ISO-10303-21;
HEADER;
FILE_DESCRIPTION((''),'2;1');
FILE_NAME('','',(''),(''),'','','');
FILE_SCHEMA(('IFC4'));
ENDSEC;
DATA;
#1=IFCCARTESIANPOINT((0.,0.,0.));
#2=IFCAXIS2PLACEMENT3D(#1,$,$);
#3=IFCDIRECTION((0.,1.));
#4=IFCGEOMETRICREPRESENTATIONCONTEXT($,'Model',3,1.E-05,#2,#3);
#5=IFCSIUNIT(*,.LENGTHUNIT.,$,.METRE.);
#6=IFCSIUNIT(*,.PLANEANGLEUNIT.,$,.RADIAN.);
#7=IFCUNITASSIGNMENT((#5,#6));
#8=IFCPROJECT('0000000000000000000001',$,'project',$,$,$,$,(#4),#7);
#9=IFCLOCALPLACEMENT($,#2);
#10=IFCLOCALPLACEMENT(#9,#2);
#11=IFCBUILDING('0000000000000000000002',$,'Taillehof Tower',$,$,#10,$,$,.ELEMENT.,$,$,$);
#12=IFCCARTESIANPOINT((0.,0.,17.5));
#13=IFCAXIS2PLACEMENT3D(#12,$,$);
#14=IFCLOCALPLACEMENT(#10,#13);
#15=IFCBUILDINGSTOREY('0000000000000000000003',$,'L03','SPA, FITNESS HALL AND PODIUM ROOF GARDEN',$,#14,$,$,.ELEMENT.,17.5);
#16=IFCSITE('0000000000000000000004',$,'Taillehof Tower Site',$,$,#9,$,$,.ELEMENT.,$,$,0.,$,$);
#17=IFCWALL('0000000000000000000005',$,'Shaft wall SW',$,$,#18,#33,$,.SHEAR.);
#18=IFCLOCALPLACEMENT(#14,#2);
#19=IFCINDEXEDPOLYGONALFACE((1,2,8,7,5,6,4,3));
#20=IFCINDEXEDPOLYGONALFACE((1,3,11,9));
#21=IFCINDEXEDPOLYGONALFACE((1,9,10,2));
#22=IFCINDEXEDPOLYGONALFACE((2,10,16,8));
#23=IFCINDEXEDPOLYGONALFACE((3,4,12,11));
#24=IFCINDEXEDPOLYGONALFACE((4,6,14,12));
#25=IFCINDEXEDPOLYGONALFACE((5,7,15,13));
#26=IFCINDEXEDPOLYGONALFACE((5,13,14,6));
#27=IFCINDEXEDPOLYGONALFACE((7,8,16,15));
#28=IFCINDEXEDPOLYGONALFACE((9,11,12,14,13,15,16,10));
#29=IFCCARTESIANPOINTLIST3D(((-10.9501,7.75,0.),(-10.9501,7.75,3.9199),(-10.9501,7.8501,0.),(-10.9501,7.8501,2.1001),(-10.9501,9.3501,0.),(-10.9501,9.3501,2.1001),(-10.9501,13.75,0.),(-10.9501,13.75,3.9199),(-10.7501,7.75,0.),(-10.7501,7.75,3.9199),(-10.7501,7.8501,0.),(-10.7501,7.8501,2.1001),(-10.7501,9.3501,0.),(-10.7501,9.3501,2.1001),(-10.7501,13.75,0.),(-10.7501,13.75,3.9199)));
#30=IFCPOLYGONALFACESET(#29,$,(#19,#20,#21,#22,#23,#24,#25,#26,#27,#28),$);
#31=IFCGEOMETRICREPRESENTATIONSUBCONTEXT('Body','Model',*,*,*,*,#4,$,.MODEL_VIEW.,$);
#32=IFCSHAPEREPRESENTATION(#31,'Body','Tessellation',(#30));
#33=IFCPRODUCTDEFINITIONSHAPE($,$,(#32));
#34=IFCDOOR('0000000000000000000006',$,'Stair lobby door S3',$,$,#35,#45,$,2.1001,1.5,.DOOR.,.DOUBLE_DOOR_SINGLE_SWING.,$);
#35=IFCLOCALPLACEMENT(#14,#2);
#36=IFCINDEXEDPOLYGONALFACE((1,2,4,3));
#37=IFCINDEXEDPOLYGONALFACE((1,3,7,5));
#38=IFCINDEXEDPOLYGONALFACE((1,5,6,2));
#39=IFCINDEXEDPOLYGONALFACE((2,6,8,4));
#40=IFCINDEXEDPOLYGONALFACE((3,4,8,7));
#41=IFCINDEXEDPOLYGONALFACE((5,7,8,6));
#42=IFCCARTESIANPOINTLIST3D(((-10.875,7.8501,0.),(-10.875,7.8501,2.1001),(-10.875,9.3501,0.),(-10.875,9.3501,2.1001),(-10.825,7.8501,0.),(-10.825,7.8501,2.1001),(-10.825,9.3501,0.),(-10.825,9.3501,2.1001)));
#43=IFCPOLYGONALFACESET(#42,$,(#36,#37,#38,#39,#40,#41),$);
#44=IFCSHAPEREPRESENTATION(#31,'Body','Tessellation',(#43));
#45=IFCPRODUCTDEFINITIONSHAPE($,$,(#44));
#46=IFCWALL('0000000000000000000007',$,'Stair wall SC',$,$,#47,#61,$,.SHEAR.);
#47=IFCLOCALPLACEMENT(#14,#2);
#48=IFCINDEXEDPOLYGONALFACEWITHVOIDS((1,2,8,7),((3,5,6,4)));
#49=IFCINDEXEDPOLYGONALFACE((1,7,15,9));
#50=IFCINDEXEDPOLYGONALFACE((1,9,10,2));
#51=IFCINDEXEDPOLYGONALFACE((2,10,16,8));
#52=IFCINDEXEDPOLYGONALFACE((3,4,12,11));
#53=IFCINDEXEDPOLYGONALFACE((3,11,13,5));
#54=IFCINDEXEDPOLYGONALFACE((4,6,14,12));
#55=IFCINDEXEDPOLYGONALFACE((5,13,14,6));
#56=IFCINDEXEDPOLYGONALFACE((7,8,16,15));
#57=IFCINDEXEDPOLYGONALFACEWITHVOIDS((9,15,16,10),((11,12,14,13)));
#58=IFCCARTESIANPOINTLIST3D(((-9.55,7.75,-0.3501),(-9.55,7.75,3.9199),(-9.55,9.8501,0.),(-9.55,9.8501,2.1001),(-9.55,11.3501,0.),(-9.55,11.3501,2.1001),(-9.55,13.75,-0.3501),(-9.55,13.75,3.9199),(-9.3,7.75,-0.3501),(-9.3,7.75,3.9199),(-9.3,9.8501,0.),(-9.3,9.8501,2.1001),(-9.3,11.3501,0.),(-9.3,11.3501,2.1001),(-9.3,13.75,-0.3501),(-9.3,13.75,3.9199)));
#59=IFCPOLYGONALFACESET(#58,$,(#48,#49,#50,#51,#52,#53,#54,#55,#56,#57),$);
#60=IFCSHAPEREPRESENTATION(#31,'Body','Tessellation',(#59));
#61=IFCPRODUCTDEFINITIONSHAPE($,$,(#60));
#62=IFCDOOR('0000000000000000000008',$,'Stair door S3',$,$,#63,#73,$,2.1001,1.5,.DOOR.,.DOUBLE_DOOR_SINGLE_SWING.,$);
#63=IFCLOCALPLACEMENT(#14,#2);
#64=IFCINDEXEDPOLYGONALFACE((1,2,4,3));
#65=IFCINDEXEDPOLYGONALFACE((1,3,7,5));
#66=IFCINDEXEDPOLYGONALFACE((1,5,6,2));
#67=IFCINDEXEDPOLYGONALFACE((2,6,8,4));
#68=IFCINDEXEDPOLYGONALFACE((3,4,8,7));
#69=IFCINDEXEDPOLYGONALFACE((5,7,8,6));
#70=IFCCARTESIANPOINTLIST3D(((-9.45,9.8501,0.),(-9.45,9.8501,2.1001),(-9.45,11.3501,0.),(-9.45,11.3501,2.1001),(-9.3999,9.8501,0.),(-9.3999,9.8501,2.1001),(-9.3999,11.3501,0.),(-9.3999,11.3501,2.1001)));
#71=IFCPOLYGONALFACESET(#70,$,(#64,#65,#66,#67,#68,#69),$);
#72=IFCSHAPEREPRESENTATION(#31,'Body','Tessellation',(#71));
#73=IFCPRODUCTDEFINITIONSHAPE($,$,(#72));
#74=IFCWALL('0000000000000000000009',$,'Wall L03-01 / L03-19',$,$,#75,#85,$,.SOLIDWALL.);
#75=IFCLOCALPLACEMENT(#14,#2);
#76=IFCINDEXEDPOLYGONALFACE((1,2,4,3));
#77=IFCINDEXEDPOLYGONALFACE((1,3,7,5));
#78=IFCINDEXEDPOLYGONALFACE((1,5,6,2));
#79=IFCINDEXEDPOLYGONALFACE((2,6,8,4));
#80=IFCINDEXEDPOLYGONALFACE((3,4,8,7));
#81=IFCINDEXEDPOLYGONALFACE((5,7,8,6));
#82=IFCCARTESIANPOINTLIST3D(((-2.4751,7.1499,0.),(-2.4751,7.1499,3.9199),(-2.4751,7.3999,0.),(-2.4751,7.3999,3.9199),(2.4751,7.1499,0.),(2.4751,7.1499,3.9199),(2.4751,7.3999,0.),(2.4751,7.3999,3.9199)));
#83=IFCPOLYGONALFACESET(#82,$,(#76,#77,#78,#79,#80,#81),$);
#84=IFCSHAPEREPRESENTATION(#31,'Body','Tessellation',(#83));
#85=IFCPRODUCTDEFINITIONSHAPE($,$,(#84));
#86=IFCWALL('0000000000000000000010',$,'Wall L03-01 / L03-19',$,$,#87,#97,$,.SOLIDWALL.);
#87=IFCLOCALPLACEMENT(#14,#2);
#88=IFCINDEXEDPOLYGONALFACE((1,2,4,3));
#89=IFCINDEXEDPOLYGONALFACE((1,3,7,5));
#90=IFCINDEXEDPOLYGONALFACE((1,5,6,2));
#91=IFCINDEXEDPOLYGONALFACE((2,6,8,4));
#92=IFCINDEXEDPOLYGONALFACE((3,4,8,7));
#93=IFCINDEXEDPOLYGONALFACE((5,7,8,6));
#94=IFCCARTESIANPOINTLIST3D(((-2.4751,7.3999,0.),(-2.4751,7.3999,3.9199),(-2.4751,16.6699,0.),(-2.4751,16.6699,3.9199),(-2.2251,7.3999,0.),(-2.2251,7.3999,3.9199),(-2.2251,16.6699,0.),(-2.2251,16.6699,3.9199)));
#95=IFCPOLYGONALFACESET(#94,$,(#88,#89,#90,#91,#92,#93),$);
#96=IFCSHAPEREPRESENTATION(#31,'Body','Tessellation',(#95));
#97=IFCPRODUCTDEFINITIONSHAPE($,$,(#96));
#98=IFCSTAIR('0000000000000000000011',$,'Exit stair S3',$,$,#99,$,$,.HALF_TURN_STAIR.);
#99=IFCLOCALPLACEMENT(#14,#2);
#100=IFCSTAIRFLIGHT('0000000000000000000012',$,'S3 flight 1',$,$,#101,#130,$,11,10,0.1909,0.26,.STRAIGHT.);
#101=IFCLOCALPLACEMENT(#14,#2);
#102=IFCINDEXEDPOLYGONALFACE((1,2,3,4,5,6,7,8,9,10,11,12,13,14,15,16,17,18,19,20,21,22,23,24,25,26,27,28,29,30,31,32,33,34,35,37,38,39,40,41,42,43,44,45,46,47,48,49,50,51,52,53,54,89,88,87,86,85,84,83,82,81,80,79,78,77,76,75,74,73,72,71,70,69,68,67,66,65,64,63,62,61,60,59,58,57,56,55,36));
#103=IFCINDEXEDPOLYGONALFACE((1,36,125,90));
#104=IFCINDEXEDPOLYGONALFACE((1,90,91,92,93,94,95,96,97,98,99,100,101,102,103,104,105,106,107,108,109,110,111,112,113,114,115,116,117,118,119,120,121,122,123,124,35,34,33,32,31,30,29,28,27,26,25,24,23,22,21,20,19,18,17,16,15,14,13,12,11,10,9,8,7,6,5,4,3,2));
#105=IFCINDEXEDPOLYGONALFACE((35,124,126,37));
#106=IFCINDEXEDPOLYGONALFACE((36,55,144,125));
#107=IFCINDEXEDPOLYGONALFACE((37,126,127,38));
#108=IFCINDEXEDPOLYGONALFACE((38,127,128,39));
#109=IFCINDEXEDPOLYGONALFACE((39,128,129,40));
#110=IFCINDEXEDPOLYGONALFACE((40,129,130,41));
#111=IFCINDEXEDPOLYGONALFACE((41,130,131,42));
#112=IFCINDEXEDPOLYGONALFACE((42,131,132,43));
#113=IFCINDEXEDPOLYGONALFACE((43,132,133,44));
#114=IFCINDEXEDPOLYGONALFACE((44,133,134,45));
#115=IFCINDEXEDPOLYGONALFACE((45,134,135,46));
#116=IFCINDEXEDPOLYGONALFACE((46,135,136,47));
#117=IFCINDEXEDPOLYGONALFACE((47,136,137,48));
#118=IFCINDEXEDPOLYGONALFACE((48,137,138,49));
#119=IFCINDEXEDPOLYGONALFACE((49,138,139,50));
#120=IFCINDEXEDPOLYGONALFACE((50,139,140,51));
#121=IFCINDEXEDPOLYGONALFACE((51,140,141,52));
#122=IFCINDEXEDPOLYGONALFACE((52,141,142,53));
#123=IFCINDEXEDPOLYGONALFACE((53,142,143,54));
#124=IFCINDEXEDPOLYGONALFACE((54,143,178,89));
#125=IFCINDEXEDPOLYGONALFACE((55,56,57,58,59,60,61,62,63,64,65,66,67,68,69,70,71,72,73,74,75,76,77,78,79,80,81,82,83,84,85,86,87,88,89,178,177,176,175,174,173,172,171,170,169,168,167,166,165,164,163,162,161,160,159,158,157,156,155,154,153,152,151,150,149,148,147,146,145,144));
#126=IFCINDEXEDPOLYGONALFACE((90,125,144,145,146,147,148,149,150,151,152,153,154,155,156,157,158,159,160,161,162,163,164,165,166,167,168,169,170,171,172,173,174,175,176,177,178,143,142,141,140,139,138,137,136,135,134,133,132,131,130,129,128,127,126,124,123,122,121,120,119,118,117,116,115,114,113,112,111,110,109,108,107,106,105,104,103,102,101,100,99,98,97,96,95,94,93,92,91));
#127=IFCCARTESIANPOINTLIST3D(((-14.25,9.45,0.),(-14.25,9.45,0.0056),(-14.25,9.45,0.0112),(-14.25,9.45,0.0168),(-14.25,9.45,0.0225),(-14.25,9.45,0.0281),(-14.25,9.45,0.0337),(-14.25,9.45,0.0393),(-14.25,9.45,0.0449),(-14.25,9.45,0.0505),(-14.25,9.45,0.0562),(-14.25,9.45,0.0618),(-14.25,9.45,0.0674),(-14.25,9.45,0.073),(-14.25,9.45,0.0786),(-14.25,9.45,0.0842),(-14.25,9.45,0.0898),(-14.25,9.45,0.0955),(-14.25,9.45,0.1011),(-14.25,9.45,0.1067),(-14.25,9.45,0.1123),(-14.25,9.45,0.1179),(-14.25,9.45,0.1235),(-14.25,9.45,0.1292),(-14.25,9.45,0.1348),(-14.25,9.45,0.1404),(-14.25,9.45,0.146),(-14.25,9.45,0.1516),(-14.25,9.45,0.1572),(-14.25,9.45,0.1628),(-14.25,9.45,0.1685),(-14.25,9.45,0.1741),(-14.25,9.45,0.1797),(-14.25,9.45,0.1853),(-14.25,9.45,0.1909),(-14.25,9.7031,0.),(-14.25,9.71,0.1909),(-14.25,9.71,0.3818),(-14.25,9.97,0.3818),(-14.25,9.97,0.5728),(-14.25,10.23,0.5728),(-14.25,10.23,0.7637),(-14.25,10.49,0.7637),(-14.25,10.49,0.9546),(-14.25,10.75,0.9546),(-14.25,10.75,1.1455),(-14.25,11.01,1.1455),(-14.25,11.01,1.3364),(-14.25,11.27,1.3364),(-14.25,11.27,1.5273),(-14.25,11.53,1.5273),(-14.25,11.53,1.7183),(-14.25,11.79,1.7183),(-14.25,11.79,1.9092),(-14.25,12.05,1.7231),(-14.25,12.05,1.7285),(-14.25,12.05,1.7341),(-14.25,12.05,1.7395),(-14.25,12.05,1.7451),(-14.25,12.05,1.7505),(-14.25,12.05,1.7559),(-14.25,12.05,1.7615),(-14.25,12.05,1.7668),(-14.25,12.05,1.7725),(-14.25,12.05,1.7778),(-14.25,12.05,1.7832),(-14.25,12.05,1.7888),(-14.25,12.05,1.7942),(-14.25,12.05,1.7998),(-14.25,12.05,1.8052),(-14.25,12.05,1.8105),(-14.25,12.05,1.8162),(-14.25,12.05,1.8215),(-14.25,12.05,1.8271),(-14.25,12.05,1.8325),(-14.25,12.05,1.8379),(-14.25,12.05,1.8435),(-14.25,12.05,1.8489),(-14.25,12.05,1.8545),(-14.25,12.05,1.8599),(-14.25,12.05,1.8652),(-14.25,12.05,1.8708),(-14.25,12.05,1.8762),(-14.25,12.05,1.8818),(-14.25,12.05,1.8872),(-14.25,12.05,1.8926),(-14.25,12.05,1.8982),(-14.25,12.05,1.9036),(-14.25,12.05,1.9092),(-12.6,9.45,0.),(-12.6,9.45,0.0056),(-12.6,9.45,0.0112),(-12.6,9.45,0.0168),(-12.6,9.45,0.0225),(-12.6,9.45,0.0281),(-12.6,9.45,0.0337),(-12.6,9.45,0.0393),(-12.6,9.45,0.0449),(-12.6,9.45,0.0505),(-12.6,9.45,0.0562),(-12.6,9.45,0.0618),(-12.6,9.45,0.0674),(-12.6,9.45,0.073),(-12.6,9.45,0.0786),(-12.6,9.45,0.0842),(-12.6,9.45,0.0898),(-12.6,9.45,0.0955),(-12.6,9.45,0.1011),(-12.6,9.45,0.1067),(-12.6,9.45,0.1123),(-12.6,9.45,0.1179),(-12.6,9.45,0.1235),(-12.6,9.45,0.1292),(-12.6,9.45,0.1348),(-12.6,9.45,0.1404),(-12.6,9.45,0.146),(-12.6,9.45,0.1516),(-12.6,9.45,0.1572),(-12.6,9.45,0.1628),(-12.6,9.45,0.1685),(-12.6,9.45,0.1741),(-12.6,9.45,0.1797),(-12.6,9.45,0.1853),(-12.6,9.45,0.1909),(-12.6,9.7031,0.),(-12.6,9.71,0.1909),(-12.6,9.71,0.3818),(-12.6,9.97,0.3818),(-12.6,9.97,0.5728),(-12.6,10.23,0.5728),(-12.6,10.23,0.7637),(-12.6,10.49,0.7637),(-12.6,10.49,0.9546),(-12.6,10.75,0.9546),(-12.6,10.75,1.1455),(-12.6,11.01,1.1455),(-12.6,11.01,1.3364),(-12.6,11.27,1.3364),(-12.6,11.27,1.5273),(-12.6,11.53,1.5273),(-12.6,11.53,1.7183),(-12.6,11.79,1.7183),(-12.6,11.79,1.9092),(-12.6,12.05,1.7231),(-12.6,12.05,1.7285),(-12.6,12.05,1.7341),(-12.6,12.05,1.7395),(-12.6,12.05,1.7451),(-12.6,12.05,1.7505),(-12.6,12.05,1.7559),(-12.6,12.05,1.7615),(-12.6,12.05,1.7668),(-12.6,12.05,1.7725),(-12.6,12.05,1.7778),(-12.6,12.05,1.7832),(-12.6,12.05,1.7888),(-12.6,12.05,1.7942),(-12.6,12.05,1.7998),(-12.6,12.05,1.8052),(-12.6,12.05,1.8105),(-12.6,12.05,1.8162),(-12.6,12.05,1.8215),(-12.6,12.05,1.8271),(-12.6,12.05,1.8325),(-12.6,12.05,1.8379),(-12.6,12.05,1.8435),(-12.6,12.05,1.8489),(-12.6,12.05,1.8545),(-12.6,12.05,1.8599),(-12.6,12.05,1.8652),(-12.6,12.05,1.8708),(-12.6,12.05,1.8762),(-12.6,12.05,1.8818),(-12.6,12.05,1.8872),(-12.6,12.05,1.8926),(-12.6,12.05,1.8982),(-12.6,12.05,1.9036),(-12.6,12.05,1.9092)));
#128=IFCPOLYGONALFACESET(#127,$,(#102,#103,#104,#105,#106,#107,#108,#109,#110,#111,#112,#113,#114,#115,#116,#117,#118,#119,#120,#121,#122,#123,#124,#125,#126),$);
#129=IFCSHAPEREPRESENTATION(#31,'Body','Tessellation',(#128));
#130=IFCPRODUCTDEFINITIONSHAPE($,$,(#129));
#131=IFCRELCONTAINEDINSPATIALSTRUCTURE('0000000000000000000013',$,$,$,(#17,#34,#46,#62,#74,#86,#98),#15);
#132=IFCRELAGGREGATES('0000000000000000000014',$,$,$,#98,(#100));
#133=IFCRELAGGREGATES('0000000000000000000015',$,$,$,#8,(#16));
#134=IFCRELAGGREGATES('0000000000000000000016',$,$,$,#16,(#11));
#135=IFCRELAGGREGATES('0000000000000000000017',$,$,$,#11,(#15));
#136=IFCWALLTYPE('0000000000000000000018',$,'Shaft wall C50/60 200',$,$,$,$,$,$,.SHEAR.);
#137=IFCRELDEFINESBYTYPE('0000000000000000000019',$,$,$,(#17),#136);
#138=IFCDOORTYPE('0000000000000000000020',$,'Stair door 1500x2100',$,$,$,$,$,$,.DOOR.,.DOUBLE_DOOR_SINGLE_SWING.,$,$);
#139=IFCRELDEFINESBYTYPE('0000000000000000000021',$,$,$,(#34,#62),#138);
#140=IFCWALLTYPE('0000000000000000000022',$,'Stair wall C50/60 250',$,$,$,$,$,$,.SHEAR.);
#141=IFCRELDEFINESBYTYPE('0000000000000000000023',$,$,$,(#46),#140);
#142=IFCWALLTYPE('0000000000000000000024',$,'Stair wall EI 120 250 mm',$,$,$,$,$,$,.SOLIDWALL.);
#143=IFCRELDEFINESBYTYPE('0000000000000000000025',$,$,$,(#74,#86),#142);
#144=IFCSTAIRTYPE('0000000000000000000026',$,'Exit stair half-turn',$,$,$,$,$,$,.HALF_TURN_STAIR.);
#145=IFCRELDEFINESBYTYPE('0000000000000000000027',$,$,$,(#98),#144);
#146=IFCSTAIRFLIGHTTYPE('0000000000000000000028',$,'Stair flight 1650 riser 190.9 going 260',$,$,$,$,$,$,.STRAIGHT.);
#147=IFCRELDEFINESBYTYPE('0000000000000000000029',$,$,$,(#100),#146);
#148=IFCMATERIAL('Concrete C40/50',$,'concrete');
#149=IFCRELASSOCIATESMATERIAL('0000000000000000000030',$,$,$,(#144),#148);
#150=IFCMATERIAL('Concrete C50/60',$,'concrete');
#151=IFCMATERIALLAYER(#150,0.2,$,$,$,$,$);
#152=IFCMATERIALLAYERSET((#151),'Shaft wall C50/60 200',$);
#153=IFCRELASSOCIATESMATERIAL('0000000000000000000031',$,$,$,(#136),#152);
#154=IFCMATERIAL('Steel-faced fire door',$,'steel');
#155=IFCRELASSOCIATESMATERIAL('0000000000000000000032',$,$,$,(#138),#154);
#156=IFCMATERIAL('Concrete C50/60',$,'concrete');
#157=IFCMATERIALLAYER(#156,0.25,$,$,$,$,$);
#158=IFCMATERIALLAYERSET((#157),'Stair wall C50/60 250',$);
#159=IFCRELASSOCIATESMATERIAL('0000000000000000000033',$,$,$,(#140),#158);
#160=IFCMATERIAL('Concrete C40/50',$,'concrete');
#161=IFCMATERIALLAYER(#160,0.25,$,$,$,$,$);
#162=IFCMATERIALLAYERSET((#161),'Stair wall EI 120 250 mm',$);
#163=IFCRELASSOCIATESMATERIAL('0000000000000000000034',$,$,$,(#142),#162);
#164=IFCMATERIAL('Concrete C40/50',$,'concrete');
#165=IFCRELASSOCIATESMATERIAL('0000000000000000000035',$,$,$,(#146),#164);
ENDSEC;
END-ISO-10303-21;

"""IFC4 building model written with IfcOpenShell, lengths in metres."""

from ifc_helpers import new_model, si_unit, direction, frame, frame_2d, origin, place, context, subcontext, project, spatial, polyline, rectangle, outline, extrude, material, layer, layer_set, type_object, element, fill, aggregate, save


model = new_model("IFC4")

# Units and contexts
model_context = context("Model", 3, precision=1e-05, world=origin(), true_north=direction((0.0, 1.0)))
body_context = subcontext(model_context, "Body", "Model", "MODEL_VIEW")
ifc_project = project(units=[si_unit("LENGTHUNIT", "METRE"), si_unit("PLANEANGLEUNIT", "RADIAN")], contexts=[model_context])

# Site, building, storey
site_placement = place(None, origin())
site = spatial("IfcSite", under=ifc_project, at=site_placement, Name="Taillehof Tower Site", CompositionType="ELEMENT", RefElevation=0.0)
building_placement = place(site_placement, origin())
building = spatial("IfcBuilding", under=site, at=building_placement, Name="Taillehof Tower", CompositionType="ELEMENT")
storey_placement = place(building_placement, frame((0.0, 0.0, 17.5)))
storey = spatial("IfcBuildingStorey", under=building, at=storey_placement, Name="L03", Description="SPA, FITNESS HALL AND PODIUM ROOF GARDEN", CompositionType="ELEMENT", Elevation=17.5)

# Shared definitions
ifc_material_1 = material(Name="Concrete C40/50", Category="concrete")
stair_type = type_object("IfcStairType", Name="Exit stair half-turn", PredefinedType="HALF_TURN_STAIR", material=ifc_material_1)

# Walls, openings, doors
ifc_material_2 = material(Name="Concrete C50/60", Category="concrete")
ifc_layer_1 = layer(ifc_material_2, 0.2)
ifc_layer_set_1 = layer_set([ifc_layer_1], Name="Shaft wall C50/60 200")
wall_type_1 = type_object("IfcWallType", Name="Shaft wall C50/60 200", PredefinedType="SHEAR", material=ifc_layer_set_1)
wall_1_placement = place(storey_placement, frame((-10.8501, 7.75, 0.0), z_axis=(0.0, 0.0, 1.0), x_axis=(0.0, 1.0, 0.0)))
wall_1 = element("IfcWall", 1, at=wall_1_placement, inside=storey, type_object=wall_type_1, Name="Shaft wall SW", PredefinedType="SHEAR", context=body_context, shape_type="SweptSolid", body=[
    extrude(rectangle(XDim=6.0, YDim=0.2, at=frame_2d((3.0, 0.0))), origin(), (0.0, 0.0, 1.0), 3.9199),
])
opening_1_placement = place(wall_1_placement, frame((0.1001, 0.0, 0.0)))
opening_1 = element("IfcOpeningElement", 2, at=opening_1_placement, cuts=wall_1, PredefinedType="OPENING", context=body_context, shape_type="SweptSolid", body=[
    extrude(rectangle(XDim=1.5, YDim=2.1001, at=frame_2d((0.75, 1.05))), frame((0.0, 0.1099, 0.0), z_axis=(0.0, -1.0, 0.0), x_axis=(1.0, 0.0, 0.0)), (0.0, 0.0, 1.0), 0.22),
])
ifc_material_3 = material(Name="Steel-faced fire door", Category="steel")
door_type = type_object("IfcDoorType", Name="Stair door 1500x2100", OperationType="DOUBLE_DOOR_SINGLE_SWING", PredefinedType="DOOR", material=ifc_material_3)
door_1_placement = place(opening_1_placement, origin())
door_1 = element("IfcDoor", 3, at=door_1_placement, inside=storey, type_object=door_type, Name="Stair lobby door S3", OperationType="DOUBLE_DOOR_SINGLE_SWING", OverallHeight=2.1001, OverallWidth=1.5, PredefinedType="DOOR", context=body_context, shape_type="SweptSolid", body=[
    extrude(rectangle(XDim=1.5, YDim=2.1001, at=frame_2d((0.75, 1.05))), frame((0.0, 0.0249, 0.0), z_axis=(0.0, -1.0, 0.0), x_axis=(1.0, 0.0, 0.0)), (0.0, 0.0, 1.0), 0.05),
])
fill(opening_1, door_1)
ifc_material_4 = material(Name="Concrete C50/60", Category="concrete")
ifc_layer_2 = layer(ifc_material_4, 0.25)
ifc_layer_set_2 = layer_set([ifc_layer_2], Name="Stair wall C50/60 250")
wall_type_2 = type_object("IfcWallType", Name="Stair wall C50/60 250", PredefinedType="SHEAR", material=ifc_layer_set_2)
wall_2_placement = place(storey_placement, frame((-9.425, 7.75, -0.3501), z_axis=(0.0, 0.0, 1.0), x_axis=(0.0, 1.0, 0.0)))
wall_2 = element("IfcWall", 4, at=wall_2_placement, inside=storey, type_object=wall_type_2, Name="Stair wall SC", PredefinedType="SHEAR", context=body_context, shape_type="SweptSolid", body=[
    extrude(rectangle(XDim=6.0, YDim=0.25, at=frame_2d((3.0, 0.0))), origin(), (0.0, 0.0, 1.0), 4.27),
])
opening_2_placement = place(wall_2_placement, frame((2.1001, 0.0, 0.3501)))
opening_2 = element("IfcOpeningElement", 5, at=opening_2_placement, cuts=wall_2, PredefinedType="OPENING", context=body_context, shape_type="SweptSolid", body=[
    extrude(rectangle(XDim=1.5, YDim=2.1001, at=frame_2d((0.75, 1.05))), frame((0.0, 0.135, 0.0), z_axis=(0.0, -1.0, 0.0), x_axis=(1.0, 0.0, 0.0)), (0.0, 0.0, 1.0), 0.27),
])
door_2_placement = place(opening_2_placement, origin())
door_2 = element("IfcDoor", 6, at=door_2_placement, inside=storey, type_object=door_type, Name="Stair door S3", OperationType="DOUBLE_DOOR_SINGLE_SWING", OverallHeight=2.1001, OverallWidth=1.5, PredefinedType="DOOR", context=body_context, shape_type="SweptSolid", body=[
    extrude(rectangle(XDim=1.5, YDim=2.1001, at=frame_2d((0.75, 1.05))), frame((0.0, 0.0249, 0.0), z_axis=(0.0, -1.0, 0.0), x_axis=(1.0, 0.0, 0.0)), (0.0, 0.0, 1.0), 0.05),
])
fill(opening_2, door_2)

# Walls
ifc_material_5 = material(Name="Concrete C40/50", Category="concrete")
ifc_layer_3 = layer(ifc_material_5, 0.25)
ifc_layer_set_3 = layer_set([ifc_layer_3], Name="Stair wall EI 120 250 mm")
wall_type_3 = type_object("IfcWallType", Name="Stair wall EI 120 250 mm", PredefinedType="SOLIDWALL", material=ifc_layer_set_3)
wall_3_placement = place(storey_placement, frame((-2.4751, 7.2749, 0.0), z_axis=(0.0, 0.0, 1.0), x_axis=(1.0, 0.0, 0.0)))
element("IfcWall", 7, at=wall_3_placement, inside=storey, type_object=wall_type_3, Name="Wall L03-01 / L03-19", PredefinedType="SOLIDWALL", context=body_context, shape_type="SweptSolid", body=[
    extrude(rectangle(XDim=4.9502, YDim=0.25, at=frame_2d((2.4751, 0.0))), origin(), (0.0, 0.0, 1.0), 3.9199),
])
wall_4_placement = place(storey_placement, frame((-2.3501, 7.3999, 0.0), z_axis=(0.0, 0.0, 1.0), x_axis=(0.0, 1.0, 0.0)))
element("IfcWall", 8, at=wall_4_placement, inside=storey, type_object=wall_type_3, Name="Wall L03-01 / L03-19", PredefinedType="SOLIDWALL", context=body_context, shape_type="SweptSolid", body=[
    extrude(rectangle(XDim=9.27, YDim=0.25, at=frame_2d((4.635, 0.0))), origin(), (0.0, 0.0, 1.0), 3.9199),
])

# Stair, stair flight
stair_1_placement = place(storey_placement, origin())
stair_1 = element("IfcStair", 9, at=stair_1_placement, inside=storey, type_object=stair_type, Name="Exit stair S3", PredefinedType="HALF_TURN_STAIR")
ifc_material_6 = material(Name="Concrete C40/50", Category="concrete")
stair_flight_type = type_object("IfcStairFlightType", Name="Stair flight 1650 riser 190.9 going 260", PredefinedType="STRAIGHT", material=ifc_material_6)
stair_flight_1_placement = place(storey_placement, frame((-13.425, 9.45, 0.0), z_axis=(0.0, 0.0, 1.0), x_axis=(0.0, 1.0, 0.0)))
stair_flight_1 = element("IfcStairFlight", 10, at=stair_flight_1_placement, type_object=stair_flight_type, Name="S3 flight 1", NumberOfRisers=11, NumberOfTreads=10, PredefinedType="STRAIGHT", RiserHeight=0.1909, TreadLength=0.26, context=body_context, shape_type="SweptSolid", body=[
    extrude(outline(polyline([(0.0, 0.0), (0.0, 0.0056), (0.0, 0.0112), (0.0, 0.0168), (0.0, 0.0225), (0.0, 0.0281), (0.0, 0.0337), (0.0, 0.0393), (0.0, 0.0449), (0.0, 0.0505), (0.0, 0.0562), (0.0, 0.0618), (0.0, 0.0674), (0.0, 0.073), (0.0, 0.0786), (0.0, 0.0842), (0.0, 0.0898), (0.0, 0.0955), (0.0, 0.1011), (0.0, 0.1067), (0.0, 0.1123), (0.0, 0.1179), (0.0, 0.1235), (0.0, 0.1292), (0.0, 0.1348), (0.0, 0.1404), (0.0, 0.146), (0.0, 0.1516), (0.0, 0.1572), (0.0, 0.1628), (0.0, 0.1685), (0.0, 0.1741), (0.0, 0.1797), (0.0, 0.1853), (0.0, 0.1909), (0.26, 0.1909), (0.26, 0.3818), (0.52, 0.3818), (0.52, 0.5728), (0.78, 0.5728), (0.78, 0.7637), (1.04, 0.7637), (1.04, 0.9546), (1.3, 0.9546), (1.3, 1.1455), (1.5601, 1.1455), (1.5601, 1.3364), (1.8201, 1.3364), (1.8201, 1.5273), (2.0801, 1.5273), (2.0801, 1.7183), (2.3401, 1.7183), (2.3401, 1.9092), (2.6001, 1.9092), (2.6001, 1.9036), (2.6001, 1.8982), (2.6001, 1.8926), (2.6001, 1.8872), (2.6001, 1.8818), (2.6001, 1.8762), (2.6001, 1.8708), (2.6001, 1.8652), (2.6001, 1.8599), (2.6001, 1.8545), (2.6001, 1.8489), (2.6001, 1.8435), (2.6001, 1.8379), (2.6001, 1.8325), (2.6001, 1.8271), (2.6001, 1.8215), (2.6001, 1.8162), (2.6001, 1.8105), (2.6001, 1.8052), (2.6001, 1.7998), (2.6001, 1.7942), (2.6001, 1.7888), (2.6001, 1.7832), (2.6001, 1.7778), (2.6001, 1.7725), (2.6001, 1.7668), (2.6001, 1.7615), (2.6001, 1.7559), (2.6001, 1.7505), (2.6001, 1.7451), (2.6001, 1.7395), (2.6001, 1.7341), (2.6001, 1.7285), (2.6001, 1.7231), (0.2532, 0.0), (0.0, 0.0)])), frame((0.0, 0.825, 0.0), z_axis=(0.0, -1.0, 0.0), x_axis=(1.0, 0.0, 0.0)), (0.0, 0.0, 1.0), 1.65),
])
aggregate(stair_1, [stair_flight_1])

save(model, "model.ifc")
